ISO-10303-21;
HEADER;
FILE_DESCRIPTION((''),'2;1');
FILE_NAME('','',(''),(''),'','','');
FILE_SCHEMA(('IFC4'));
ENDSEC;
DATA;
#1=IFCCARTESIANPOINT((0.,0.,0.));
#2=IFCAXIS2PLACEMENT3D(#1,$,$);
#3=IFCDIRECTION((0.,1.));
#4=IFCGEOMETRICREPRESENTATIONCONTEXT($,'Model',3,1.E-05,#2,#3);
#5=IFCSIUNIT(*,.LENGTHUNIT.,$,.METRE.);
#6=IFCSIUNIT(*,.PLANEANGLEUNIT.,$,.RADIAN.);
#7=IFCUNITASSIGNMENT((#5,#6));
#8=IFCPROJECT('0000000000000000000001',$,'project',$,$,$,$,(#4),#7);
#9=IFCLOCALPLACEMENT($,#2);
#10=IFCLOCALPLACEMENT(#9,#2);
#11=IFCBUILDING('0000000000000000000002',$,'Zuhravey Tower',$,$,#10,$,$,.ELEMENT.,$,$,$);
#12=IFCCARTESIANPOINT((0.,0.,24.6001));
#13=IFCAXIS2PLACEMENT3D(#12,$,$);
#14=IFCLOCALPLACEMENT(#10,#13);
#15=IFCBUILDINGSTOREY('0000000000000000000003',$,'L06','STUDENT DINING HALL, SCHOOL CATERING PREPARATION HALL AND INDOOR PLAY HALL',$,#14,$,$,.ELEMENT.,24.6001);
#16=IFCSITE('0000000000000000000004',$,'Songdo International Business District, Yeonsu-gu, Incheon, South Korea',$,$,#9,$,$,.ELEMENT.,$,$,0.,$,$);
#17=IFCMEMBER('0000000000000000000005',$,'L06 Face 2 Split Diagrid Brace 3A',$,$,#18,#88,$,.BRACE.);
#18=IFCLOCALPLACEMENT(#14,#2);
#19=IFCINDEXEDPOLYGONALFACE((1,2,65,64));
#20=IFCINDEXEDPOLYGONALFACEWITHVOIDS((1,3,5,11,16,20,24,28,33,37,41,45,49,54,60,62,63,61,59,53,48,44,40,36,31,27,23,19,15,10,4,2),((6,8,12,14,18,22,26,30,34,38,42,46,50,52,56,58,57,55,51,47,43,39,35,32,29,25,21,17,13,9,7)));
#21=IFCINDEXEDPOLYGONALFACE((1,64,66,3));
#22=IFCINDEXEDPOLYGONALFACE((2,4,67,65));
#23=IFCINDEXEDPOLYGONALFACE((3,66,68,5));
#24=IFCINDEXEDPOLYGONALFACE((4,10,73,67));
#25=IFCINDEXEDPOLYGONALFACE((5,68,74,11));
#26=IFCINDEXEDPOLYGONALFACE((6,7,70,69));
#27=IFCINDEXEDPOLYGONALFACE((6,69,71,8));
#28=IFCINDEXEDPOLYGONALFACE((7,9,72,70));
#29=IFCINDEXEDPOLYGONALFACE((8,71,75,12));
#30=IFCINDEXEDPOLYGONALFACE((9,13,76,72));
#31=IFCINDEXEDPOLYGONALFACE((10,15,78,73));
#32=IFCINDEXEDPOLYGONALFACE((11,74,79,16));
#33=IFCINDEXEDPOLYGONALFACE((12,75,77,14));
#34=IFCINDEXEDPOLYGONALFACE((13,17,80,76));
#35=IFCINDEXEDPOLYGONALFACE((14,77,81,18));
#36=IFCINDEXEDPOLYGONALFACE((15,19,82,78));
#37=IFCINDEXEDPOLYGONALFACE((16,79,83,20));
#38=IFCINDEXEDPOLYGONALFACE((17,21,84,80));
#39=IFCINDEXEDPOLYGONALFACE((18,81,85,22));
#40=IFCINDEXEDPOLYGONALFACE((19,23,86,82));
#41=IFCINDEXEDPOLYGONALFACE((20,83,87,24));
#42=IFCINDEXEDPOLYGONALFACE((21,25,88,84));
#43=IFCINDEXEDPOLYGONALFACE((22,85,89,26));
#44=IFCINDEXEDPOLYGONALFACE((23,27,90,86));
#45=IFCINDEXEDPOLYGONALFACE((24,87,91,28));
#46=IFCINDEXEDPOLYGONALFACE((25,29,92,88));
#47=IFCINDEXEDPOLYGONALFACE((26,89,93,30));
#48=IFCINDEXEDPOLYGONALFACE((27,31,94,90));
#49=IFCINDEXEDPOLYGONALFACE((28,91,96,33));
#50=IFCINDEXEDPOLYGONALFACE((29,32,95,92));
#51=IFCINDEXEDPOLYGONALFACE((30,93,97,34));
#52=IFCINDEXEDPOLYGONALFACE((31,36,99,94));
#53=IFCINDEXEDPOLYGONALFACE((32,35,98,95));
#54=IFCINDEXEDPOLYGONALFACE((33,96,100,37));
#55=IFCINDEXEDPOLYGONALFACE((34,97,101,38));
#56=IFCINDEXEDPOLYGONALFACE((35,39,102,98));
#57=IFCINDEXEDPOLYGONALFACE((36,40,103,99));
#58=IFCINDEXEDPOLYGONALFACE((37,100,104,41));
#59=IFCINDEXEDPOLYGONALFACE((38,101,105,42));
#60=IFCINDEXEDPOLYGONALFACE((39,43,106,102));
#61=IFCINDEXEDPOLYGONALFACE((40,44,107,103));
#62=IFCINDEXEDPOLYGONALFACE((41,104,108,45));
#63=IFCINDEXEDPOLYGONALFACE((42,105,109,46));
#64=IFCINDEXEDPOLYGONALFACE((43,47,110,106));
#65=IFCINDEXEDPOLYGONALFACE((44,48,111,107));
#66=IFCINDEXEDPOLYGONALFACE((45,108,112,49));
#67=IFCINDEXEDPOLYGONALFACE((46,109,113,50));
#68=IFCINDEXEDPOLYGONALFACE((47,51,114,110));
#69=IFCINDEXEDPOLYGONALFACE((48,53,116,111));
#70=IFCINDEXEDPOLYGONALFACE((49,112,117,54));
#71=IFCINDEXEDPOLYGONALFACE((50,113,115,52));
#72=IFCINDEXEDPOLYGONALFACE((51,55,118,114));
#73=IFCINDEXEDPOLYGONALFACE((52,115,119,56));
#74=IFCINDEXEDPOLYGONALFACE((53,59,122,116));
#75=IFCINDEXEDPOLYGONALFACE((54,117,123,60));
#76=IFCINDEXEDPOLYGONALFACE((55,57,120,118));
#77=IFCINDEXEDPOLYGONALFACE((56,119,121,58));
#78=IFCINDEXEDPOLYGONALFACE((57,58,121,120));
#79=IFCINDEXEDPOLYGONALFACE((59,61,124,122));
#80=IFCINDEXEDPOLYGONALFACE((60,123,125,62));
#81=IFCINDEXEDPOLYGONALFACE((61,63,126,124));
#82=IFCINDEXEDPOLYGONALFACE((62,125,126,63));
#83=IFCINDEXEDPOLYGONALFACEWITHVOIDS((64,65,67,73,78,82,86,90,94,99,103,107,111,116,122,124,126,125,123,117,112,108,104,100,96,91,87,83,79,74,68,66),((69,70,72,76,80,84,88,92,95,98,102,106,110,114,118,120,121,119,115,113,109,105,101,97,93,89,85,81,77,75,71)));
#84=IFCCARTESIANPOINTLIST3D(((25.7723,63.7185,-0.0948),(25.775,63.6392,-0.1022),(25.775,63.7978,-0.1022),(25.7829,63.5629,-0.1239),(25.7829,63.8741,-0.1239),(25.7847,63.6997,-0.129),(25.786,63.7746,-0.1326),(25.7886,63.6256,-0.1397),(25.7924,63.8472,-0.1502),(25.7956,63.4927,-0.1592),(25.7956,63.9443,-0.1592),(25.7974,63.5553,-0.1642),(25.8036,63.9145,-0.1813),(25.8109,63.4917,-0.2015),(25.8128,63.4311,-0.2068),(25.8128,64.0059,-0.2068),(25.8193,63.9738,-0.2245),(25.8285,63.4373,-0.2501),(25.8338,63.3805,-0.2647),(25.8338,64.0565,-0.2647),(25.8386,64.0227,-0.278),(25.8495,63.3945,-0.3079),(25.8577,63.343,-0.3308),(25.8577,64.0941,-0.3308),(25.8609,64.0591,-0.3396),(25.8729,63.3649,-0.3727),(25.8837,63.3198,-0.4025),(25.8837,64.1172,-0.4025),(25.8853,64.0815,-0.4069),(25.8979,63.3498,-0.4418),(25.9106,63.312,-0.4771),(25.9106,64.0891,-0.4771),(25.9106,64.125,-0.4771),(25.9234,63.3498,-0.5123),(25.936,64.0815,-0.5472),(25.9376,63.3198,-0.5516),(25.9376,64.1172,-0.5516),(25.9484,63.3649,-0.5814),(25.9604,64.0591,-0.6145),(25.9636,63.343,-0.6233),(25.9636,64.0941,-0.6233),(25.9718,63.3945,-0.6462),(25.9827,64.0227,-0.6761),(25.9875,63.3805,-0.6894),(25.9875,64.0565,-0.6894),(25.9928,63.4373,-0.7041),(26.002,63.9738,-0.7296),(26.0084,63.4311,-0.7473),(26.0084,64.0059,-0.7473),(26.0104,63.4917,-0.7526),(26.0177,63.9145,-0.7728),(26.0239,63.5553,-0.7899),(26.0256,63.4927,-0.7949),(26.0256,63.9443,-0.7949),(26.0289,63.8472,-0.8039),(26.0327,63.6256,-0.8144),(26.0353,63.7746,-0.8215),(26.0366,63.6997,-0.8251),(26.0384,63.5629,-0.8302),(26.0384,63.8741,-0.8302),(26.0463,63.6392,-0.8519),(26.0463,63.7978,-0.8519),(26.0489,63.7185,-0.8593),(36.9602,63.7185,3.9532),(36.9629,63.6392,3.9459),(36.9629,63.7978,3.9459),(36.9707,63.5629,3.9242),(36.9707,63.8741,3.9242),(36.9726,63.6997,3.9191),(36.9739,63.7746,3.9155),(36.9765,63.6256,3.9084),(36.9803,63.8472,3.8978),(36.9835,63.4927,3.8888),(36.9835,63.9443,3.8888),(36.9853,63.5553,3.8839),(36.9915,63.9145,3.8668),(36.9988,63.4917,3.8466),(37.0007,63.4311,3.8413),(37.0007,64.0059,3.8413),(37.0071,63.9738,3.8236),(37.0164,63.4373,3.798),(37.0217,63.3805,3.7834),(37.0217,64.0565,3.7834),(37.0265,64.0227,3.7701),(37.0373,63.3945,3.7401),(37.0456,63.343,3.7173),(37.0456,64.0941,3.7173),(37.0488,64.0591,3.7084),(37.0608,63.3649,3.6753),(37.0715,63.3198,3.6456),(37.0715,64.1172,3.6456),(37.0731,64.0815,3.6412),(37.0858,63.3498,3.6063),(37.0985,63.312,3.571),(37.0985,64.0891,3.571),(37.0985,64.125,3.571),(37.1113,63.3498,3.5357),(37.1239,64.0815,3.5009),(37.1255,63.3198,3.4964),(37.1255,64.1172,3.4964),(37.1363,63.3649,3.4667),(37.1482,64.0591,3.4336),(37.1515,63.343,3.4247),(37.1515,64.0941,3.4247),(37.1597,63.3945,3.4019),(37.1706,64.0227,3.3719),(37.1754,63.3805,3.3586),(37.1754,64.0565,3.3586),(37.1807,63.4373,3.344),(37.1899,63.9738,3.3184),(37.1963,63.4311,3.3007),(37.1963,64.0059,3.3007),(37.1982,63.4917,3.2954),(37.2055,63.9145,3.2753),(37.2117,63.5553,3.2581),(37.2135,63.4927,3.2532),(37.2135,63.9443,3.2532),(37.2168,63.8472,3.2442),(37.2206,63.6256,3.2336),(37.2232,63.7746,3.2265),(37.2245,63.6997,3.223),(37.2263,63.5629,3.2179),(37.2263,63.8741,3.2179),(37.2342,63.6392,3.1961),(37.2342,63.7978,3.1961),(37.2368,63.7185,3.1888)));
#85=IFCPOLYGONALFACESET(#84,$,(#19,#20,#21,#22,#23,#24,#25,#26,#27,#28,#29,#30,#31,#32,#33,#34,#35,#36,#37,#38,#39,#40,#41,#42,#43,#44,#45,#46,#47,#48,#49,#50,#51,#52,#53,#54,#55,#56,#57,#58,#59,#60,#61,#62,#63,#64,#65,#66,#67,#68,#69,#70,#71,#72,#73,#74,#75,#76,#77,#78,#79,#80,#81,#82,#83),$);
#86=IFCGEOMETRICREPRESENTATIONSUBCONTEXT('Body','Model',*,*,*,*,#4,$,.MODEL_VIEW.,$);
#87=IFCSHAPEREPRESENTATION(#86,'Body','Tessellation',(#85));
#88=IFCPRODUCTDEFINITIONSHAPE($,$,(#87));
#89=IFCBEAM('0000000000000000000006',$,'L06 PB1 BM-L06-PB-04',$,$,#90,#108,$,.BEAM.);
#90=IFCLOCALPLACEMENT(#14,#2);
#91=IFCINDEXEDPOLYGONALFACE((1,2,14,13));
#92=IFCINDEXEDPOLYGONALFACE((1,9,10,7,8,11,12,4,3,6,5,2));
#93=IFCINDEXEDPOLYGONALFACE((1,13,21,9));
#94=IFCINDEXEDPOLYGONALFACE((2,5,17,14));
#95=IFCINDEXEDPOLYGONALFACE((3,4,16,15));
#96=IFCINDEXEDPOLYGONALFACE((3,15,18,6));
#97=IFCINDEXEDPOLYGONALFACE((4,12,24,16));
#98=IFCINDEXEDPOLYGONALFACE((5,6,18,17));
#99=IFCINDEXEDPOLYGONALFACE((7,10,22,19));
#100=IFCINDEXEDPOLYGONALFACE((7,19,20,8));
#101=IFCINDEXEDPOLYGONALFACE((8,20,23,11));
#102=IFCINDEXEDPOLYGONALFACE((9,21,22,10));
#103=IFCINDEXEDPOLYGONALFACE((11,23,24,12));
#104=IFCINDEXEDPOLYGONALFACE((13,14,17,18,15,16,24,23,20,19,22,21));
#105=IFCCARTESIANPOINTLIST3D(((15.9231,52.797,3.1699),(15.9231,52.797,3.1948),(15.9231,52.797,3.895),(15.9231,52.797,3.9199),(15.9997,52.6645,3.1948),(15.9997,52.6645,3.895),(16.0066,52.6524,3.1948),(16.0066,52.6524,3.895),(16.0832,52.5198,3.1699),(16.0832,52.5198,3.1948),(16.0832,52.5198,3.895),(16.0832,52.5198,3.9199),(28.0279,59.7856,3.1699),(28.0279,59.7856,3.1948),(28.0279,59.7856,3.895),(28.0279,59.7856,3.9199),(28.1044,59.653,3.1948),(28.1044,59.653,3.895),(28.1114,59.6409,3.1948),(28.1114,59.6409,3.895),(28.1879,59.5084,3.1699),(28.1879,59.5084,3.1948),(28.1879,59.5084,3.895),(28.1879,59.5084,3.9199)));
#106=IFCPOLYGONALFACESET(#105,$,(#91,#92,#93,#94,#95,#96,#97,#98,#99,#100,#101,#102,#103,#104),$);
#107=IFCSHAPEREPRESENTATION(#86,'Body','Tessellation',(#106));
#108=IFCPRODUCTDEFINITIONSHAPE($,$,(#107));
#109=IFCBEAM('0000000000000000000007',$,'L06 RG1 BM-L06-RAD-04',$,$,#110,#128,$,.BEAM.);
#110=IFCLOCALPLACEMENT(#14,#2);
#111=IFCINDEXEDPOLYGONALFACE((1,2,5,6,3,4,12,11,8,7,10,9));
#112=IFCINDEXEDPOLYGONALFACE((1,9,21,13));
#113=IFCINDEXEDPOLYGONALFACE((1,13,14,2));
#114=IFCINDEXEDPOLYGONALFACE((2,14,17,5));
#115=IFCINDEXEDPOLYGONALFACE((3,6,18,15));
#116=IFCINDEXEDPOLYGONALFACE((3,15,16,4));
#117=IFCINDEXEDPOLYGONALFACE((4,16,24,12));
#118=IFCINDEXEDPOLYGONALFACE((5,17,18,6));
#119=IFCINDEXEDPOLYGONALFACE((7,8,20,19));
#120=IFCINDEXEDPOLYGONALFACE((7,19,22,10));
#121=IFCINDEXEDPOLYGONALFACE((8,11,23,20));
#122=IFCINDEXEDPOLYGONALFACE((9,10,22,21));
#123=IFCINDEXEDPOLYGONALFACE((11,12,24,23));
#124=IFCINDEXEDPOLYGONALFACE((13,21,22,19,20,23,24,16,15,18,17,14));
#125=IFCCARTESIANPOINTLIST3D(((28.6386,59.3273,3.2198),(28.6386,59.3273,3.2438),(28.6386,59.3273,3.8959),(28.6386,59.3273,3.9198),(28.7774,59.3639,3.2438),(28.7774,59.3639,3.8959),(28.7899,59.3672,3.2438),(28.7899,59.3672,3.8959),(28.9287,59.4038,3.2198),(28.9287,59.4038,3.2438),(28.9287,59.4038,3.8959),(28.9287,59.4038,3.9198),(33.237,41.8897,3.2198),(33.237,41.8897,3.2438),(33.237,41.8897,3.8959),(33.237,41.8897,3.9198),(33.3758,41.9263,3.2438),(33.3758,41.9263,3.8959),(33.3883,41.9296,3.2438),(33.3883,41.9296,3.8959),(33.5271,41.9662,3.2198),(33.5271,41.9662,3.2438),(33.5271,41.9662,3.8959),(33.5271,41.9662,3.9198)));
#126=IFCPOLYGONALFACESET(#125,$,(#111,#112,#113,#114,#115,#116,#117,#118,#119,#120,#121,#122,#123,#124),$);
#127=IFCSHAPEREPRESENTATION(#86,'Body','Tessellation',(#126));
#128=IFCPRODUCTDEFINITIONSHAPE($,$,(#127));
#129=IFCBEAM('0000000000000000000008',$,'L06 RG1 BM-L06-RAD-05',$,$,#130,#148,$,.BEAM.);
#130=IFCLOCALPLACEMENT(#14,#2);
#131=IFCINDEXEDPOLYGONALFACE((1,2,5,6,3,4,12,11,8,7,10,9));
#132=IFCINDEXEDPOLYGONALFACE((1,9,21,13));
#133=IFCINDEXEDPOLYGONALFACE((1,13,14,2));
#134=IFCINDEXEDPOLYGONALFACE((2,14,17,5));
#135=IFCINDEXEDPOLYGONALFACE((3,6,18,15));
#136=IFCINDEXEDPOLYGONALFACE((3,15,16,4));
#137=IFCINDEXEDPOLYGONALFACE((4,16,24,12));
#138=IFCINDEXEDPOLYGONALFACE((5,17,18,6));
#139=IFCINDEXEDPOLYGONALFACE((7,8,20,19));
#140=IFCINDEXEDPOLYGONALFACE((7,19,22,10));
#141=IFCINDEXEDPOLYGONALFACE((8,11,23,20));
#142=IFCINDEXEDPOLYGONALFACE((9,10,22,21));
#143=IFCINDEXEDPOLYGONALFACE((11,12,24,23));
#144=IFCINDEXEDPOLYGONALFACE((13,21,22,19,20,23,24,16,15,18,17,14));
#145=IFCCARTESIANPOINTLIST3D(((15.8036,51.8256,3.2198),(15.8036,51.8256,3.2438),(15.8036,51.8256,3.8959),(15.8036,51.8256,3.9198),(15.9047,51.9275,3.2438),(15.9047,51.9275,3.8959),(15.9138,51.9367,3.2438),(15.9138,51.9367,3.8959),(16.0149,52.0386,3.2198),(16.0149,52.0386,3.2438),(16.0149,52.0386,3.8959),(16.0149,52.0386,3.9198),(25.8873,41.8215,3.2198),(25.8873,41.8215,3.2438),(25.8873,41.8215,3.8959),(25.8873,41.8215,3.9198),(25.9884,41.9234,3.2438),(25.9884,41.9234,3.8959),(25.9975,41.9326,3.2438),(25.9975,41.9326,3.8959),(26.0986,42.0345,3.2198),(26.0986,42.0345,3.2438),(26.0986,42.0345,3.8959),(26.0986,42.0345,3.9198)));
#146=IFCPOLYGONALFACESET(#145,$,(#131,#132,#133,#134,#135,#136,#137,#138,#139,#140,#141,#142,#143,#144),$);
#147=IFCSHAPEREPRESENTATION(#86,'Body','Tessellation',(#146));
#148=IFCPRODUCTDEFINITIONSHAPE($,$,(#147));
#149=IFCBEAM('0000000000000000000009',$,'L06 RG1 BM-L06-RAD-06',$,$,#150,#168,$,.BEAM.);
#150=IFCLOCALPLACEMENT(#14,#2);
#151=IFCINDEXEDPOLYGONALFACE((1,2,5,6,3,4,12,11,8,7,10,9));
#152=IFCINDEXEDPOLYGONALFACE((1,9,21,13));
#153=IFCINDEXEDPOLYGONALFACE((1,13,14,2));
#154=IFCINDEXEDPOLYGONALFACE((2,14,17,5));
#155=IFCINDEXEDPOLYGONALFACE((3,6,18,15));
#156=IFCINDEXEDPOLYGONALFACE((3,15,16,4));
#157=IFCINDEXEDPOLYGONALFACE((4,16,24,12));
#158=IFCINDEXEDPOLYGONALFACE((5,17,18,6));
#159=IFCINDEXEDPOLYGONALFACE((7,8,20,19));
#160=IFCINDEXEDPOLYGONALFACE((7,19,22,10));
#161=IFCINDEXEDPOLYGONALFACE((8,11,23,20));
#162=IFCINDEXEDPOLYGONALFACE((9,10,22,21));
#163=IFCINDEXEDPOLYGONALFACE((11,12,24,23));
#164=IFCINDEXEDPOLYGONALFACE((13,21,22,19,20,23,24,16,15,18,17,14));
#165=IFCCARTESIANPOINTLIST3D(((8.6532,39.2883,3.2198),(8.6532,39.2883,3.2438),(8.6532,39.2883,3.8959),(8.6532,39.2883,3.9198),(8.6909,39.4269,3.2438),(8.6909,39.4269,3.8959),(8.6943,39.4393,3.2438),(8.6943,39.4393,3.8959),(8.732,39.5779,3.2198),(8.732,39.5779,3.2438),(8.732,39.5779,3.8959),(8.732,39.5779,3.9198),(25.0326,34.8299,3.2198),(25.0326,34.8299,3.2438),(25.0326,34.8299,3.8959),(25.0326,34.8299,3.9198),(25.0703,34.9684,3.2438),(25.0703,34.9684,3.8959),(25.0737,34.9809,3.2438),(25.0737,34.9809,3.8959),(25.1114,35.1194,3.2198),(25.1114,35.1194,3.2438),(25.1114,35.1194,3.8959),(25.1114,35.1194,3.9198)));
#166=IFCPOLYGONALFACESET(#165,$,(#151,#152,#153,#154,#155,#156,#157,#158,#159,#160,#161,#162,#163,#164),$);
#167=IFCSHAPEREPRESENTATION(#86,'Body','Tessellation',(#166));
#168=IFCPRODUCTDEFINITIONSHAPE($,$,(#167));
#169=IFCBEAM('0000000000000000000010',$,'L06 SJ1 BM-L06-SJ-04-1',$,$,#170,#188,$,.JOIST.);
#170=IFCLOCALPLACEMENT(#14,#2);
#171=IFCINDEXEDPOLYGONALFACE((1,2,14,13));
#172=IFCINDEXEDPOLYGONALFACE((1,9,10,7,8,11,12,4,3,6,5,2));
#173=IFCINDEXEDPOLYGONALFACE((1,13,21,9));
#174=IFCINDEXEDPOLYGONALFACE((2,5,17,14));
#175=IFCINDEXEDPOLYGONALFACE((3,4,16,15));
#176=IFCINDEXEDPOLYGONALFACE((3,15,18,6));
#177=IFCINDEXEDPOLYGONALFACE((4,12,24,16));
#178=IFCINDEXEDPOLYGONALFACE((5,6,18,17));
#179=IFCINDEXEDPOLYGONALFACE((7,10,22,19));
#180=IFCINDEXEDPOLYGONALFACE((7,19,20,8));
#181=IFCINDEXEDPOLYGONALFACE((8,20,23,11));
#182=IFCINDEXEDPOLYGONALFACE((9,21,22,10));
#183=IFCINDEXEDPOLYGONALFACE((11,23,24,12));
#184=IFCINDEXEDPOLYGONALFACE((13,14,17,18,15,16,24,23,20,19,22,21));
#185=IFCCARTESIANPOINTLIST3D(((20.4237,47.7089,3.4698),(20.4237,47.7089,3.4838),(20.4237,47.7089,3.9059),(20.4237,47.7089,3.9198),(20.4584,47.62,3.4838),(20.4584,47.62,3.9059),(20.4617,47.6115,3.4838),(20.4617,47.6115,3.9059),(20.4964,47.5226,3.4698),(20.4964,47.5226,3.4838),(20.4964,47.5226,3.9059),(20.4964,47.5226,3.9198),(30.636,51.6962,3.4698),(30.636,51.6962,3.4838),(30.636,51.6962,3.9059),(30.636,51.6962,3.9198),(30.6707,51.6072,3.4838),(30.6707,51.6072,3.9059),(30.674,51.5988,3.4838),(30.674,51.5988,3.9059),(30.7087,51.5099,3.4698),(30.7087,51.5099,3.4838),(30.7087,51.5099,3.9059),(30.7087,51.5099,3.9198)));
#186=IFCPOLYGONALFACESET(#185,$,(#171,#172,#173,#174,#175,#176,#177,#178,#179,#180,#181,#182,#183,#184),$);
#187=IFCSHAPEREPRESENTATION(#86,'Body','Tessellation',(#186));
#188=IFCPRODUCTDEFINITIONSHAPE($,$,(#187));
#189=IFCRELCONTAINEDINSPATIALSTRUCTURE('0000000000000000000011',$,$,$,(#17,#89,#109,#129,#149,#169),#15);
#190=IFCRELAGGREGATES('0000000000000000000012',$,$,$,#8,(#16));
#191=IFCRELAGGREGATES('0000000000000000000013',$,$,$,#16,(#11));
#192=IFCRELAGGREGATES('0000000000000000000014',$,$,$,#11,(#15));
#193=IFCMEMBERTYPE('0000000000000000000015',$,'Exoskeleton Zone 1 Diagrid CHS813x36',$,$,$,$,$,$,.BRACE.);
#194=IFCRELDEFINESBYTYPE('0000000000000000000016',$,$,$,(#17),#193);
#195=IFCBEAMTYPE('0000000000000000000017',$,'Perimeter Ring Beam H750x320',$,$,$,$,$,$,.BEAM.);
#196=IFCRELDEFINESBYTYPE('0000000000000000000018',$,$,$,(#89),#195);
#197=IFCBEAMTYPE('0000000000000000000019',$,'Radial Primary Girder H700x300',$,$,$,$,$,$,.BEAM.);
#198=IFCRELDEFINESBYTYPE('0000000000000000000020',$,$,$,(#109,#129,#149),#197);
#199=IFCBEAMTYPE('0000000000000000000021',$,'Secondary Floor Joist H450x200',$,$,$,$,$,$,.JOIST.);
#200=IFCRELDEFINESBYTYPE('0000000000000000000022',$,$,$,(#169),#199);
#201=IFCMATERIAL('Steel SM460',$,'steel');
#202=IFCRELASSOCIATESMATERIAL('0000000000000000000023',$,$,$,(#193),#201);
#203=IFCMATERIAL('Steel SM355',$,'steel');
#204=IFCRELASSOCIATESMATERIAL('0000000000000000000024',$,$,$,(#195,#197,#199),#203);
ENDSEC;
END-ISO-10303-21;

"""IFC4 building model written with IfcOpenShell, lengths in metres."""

from ifc_helpers import new_model, si_unit, direction, frame, origin, origin_2d, place, context, subcontext, project, spatial, hollow_circle, i_section, extrude, material, material_profile, profile_set, type_object, element, save


model = new_model("IFC4")

# Units and contexts
model_context = context("Model", 3, precision=1e-05, world=origin(), true_north=direction((0.0, 1.0)))
body_context = subcontext(model_context, "Body", "Model", "MODEL_VIEW")
ifc_project = project(units=[si_unit("LENGTHUNIT", "METRE"), si_unit("PLANEANGLEUNIT", "RADIAN")], contexts=[model_context])

# Site, building, storey
site_placement = place(None, origin())
site = spatial("IfcSite", under=ifc_project, at=site_placement, Name="Songdo International Business District, Yeonsu-gu, Incheon, South Korea", CompositionType="ELEMENT", RefElevation=0.0)
building_placement = place(site_placement, origin())
building = spatial("IfcBuilding", under=site, at=building_placement, Name="Zuhravey Tower", CompositionType="ELEMENT")
storey_placement = place(building_placement, frame((0.0, 0.0, 24.6001)))
storey = spatial("IfcBuildingStorey", under=building, at=storey_placement, Name="L06", Description="STUDENT DINING HALL, SCHOOL CATERING PREPARATION HALL AND INDOOR PLAY HALL", CompositionType="ELEMENT", Elevation=24.6001)

# Member
ifc_material_1 = material(Name="Steel SM460", Category="steel")
ifc_material_profile_1 = material_profile(ifc_material_1, hollow_circle(Radius=0.4065, WallThickness=0.0359, at=origin_2d()), Name="CHS-812.8x36")
ifc_profile_set_1 = profile_set([ifc_material_profile_1], Name="Steel SM460")
member_type_1 = type_object("IfcMemberType", Name="Exoskeleton Zone 1 Diagrid CHS813x36", PredefinedType="BRACE", material=ifc_profile_set_1)
member_1_placement = place(storey_placement, frame((25.9106, 63.7185, -0.4771), z_axis=(0.940339, 0.0, 0.340238), x_axis=(0.0, 1.0, 0.0)))
element("IfcMember", 1, at=member_1_placement, inside=storey, type_object=member_type_1, Name="L06 Face 2 Split Diagrid Brace 3A", PredefinedType="BRACE", context=body_context, shape_type="SweptSolid", body=[
    extrude(hollow_circle(Radius=0.4065, WallThickness=0.0359, at=origin_2d()), origin(), (0.0, 0.0, 1.0), 11.8977),
])

# Beams
ifc_material_2 = material(Name="Steel SM355", Category="steel")
ifc_material_profile_2 = material_profile(ifc_material_2, i_section(OverallWidth=0.3201, OverallDepth=0.75, WebThickness=0.0139, FlangeThickness=0.0249, at=origin_2d()), Name="H-750x320x14x25")
ifc_profile_set_2 = profile_set([ifc_material_profile_2], Name="Steel SM355")
beam_type_1 = type_object("IfcBeamType", Name="Perimeter Ring Beam H750x320", PredefinedType="BEAM", material=ifc_profile_set_2)
beam_1_placement = place(storey_placement, frame((28.1079, 59.647, 3.5449), z_axis=(-0.86603, -0.499992, 0.0), x_axis=(0.499992, -0.86603, 0.0)))
element("IfcBeam", 2, at=beam_1_placement, inside=storey, type_object=beam_type_1, Name="L06 PB1 BM-L06-PB-04", PredefinedType="BEAM", context=body_context, shape_type="SweptSolid", body=[
    extrude(i_section(OverallWidth=0.3201, OverallDepth=0.75, WebThickness=0.0139, FlangeThickness=0.0249, at=origin_2d()), origin(), (0.0, 0.0, 1.0), 13.9773),
])
ifc_material_profile_3 = material_profile(ifc_material_2, i_section(OverallWidth=0.3, OverallDepth=0.7, WebThickness=0.0129, FlangeThickness=0.0239, at=origin_2d()), Name="H-700x300x13x24")
ifc_profile_set_3 = profile_set([ifc_material_profile_3], Name="Steel SM355")
beam_type_2 = type_object("IfcBeamType", Name="Radial Primary Girder H700x300", PredefinedType="BEAM", material=ifc_profile_set_3)
beam_2_placement = place(storey_placement, frame((33.3821, 41.928, 3.5698), z_axis=(-0.25499, 0.966944, 0.0), x_axis=(-0.966944, -0.25499, 0.0)))
element("IfcBeam", 3, at=beam_2_placement, inside=storey, type_object=beam_type_2, Name="L06 RG1 BM-L06-RAD-04", PredefinedType="BEAM", context=body_context, shape_type="SweptSolid", body=[
    extrude(i_section(OverallWidth=0.3, OverallDepth=0.7, WebThickness=0.0129, FlangeThickness=0.0239, at=origin_2d()), origin(), (0.0, 0.0, 1.0), 18.0337),
])
beam_3_placement = place(storey_placement, frame((25.9929, 41.928, 3.5698), z_axis=(-0.709903, 0.7043, 0.0), x_axis=(-0.7043, -0.709903, 0.0)))
element("IfcBeam", 4, at=beam_3_placement, inside=storey, type_object=beam_type_2, Name="L06 RG1 BM-L06-RAD-05", PredefinedType="BEAM", context=body_context, shape_type="SweptSolid", body=[
    extrude(i_section(OverallWidth=0.3, OverallDepth=0.7, WebThickness=0.0129, FlangeThickness=0.0239, at=origin_2d()), origin(), (0.0, 0.0, 1.0), 14.2043),
])
beam_4_placement = place(storey_placement, frame((25.072, 34.9746, 3.5698), z_axis=(-0.964892, 0.262645, 0.0), x_axis=(-0.262645, -0.964892, 0.0)))
element("IfcBeam", 5, at=beam_4_placement, inside=storey, type_object=beam_type_2, Name="L06 RG1 BM-L06-RAD-06", PredefinedType="BEAM", context=body_context, shape_type="SweptSolid", body=[
    extrude(i_section(OverallWidth=0.3, OverallDepth=0.7, WebThickness=0.0129, FlangeThickness=0.0239, at=origin_2d()), origin(), (0.0, 0.0, 1.0), 16.9753),
])
ifc_material_profile_4 = material_profile(ifc_material_2, i_section(OverallWidth=0.2, OverallDepth=0.45, WebThickness=0.009, FlangeThickness=0.0139, at=origin_2d()), Name="H-450x200x9x14")
ifc_profile_set_4 = profile_set([ifc_material_profile_4], Name="Steel SM355")
beam_type_3 = type_object("IfcBeamType", Name="Secondary Floor Joist H450x200", PredefinedType="JOIST", material=ifc_profile_set_4)
beam_5_placement = place(storey_placement, frame((30.6724, 51.603, 3.6948), z_axis=(-0.931517, -0.363699, 0.0), x_axis=(0.363699, -0.931517, 0.0)))
element("IfcBeam", 6, at=beam_5_placement, inside=storey, type_object=beam_type_3, Name="L06 SJ1 BM-L06-SJ-04-1", PredefinedType="JOIST", context=body_context, shape_type="SweptSolid", body=[
    extrude(i_section(OverallWidth=0.2, OverallDepth=0.45, WebThickness=0.009, FlangeThickness=0.0139, at=origin_2d()), origin(), (0.0, 0.0, 1.0), 10.9631),
])

save(model, "model.ifc")
